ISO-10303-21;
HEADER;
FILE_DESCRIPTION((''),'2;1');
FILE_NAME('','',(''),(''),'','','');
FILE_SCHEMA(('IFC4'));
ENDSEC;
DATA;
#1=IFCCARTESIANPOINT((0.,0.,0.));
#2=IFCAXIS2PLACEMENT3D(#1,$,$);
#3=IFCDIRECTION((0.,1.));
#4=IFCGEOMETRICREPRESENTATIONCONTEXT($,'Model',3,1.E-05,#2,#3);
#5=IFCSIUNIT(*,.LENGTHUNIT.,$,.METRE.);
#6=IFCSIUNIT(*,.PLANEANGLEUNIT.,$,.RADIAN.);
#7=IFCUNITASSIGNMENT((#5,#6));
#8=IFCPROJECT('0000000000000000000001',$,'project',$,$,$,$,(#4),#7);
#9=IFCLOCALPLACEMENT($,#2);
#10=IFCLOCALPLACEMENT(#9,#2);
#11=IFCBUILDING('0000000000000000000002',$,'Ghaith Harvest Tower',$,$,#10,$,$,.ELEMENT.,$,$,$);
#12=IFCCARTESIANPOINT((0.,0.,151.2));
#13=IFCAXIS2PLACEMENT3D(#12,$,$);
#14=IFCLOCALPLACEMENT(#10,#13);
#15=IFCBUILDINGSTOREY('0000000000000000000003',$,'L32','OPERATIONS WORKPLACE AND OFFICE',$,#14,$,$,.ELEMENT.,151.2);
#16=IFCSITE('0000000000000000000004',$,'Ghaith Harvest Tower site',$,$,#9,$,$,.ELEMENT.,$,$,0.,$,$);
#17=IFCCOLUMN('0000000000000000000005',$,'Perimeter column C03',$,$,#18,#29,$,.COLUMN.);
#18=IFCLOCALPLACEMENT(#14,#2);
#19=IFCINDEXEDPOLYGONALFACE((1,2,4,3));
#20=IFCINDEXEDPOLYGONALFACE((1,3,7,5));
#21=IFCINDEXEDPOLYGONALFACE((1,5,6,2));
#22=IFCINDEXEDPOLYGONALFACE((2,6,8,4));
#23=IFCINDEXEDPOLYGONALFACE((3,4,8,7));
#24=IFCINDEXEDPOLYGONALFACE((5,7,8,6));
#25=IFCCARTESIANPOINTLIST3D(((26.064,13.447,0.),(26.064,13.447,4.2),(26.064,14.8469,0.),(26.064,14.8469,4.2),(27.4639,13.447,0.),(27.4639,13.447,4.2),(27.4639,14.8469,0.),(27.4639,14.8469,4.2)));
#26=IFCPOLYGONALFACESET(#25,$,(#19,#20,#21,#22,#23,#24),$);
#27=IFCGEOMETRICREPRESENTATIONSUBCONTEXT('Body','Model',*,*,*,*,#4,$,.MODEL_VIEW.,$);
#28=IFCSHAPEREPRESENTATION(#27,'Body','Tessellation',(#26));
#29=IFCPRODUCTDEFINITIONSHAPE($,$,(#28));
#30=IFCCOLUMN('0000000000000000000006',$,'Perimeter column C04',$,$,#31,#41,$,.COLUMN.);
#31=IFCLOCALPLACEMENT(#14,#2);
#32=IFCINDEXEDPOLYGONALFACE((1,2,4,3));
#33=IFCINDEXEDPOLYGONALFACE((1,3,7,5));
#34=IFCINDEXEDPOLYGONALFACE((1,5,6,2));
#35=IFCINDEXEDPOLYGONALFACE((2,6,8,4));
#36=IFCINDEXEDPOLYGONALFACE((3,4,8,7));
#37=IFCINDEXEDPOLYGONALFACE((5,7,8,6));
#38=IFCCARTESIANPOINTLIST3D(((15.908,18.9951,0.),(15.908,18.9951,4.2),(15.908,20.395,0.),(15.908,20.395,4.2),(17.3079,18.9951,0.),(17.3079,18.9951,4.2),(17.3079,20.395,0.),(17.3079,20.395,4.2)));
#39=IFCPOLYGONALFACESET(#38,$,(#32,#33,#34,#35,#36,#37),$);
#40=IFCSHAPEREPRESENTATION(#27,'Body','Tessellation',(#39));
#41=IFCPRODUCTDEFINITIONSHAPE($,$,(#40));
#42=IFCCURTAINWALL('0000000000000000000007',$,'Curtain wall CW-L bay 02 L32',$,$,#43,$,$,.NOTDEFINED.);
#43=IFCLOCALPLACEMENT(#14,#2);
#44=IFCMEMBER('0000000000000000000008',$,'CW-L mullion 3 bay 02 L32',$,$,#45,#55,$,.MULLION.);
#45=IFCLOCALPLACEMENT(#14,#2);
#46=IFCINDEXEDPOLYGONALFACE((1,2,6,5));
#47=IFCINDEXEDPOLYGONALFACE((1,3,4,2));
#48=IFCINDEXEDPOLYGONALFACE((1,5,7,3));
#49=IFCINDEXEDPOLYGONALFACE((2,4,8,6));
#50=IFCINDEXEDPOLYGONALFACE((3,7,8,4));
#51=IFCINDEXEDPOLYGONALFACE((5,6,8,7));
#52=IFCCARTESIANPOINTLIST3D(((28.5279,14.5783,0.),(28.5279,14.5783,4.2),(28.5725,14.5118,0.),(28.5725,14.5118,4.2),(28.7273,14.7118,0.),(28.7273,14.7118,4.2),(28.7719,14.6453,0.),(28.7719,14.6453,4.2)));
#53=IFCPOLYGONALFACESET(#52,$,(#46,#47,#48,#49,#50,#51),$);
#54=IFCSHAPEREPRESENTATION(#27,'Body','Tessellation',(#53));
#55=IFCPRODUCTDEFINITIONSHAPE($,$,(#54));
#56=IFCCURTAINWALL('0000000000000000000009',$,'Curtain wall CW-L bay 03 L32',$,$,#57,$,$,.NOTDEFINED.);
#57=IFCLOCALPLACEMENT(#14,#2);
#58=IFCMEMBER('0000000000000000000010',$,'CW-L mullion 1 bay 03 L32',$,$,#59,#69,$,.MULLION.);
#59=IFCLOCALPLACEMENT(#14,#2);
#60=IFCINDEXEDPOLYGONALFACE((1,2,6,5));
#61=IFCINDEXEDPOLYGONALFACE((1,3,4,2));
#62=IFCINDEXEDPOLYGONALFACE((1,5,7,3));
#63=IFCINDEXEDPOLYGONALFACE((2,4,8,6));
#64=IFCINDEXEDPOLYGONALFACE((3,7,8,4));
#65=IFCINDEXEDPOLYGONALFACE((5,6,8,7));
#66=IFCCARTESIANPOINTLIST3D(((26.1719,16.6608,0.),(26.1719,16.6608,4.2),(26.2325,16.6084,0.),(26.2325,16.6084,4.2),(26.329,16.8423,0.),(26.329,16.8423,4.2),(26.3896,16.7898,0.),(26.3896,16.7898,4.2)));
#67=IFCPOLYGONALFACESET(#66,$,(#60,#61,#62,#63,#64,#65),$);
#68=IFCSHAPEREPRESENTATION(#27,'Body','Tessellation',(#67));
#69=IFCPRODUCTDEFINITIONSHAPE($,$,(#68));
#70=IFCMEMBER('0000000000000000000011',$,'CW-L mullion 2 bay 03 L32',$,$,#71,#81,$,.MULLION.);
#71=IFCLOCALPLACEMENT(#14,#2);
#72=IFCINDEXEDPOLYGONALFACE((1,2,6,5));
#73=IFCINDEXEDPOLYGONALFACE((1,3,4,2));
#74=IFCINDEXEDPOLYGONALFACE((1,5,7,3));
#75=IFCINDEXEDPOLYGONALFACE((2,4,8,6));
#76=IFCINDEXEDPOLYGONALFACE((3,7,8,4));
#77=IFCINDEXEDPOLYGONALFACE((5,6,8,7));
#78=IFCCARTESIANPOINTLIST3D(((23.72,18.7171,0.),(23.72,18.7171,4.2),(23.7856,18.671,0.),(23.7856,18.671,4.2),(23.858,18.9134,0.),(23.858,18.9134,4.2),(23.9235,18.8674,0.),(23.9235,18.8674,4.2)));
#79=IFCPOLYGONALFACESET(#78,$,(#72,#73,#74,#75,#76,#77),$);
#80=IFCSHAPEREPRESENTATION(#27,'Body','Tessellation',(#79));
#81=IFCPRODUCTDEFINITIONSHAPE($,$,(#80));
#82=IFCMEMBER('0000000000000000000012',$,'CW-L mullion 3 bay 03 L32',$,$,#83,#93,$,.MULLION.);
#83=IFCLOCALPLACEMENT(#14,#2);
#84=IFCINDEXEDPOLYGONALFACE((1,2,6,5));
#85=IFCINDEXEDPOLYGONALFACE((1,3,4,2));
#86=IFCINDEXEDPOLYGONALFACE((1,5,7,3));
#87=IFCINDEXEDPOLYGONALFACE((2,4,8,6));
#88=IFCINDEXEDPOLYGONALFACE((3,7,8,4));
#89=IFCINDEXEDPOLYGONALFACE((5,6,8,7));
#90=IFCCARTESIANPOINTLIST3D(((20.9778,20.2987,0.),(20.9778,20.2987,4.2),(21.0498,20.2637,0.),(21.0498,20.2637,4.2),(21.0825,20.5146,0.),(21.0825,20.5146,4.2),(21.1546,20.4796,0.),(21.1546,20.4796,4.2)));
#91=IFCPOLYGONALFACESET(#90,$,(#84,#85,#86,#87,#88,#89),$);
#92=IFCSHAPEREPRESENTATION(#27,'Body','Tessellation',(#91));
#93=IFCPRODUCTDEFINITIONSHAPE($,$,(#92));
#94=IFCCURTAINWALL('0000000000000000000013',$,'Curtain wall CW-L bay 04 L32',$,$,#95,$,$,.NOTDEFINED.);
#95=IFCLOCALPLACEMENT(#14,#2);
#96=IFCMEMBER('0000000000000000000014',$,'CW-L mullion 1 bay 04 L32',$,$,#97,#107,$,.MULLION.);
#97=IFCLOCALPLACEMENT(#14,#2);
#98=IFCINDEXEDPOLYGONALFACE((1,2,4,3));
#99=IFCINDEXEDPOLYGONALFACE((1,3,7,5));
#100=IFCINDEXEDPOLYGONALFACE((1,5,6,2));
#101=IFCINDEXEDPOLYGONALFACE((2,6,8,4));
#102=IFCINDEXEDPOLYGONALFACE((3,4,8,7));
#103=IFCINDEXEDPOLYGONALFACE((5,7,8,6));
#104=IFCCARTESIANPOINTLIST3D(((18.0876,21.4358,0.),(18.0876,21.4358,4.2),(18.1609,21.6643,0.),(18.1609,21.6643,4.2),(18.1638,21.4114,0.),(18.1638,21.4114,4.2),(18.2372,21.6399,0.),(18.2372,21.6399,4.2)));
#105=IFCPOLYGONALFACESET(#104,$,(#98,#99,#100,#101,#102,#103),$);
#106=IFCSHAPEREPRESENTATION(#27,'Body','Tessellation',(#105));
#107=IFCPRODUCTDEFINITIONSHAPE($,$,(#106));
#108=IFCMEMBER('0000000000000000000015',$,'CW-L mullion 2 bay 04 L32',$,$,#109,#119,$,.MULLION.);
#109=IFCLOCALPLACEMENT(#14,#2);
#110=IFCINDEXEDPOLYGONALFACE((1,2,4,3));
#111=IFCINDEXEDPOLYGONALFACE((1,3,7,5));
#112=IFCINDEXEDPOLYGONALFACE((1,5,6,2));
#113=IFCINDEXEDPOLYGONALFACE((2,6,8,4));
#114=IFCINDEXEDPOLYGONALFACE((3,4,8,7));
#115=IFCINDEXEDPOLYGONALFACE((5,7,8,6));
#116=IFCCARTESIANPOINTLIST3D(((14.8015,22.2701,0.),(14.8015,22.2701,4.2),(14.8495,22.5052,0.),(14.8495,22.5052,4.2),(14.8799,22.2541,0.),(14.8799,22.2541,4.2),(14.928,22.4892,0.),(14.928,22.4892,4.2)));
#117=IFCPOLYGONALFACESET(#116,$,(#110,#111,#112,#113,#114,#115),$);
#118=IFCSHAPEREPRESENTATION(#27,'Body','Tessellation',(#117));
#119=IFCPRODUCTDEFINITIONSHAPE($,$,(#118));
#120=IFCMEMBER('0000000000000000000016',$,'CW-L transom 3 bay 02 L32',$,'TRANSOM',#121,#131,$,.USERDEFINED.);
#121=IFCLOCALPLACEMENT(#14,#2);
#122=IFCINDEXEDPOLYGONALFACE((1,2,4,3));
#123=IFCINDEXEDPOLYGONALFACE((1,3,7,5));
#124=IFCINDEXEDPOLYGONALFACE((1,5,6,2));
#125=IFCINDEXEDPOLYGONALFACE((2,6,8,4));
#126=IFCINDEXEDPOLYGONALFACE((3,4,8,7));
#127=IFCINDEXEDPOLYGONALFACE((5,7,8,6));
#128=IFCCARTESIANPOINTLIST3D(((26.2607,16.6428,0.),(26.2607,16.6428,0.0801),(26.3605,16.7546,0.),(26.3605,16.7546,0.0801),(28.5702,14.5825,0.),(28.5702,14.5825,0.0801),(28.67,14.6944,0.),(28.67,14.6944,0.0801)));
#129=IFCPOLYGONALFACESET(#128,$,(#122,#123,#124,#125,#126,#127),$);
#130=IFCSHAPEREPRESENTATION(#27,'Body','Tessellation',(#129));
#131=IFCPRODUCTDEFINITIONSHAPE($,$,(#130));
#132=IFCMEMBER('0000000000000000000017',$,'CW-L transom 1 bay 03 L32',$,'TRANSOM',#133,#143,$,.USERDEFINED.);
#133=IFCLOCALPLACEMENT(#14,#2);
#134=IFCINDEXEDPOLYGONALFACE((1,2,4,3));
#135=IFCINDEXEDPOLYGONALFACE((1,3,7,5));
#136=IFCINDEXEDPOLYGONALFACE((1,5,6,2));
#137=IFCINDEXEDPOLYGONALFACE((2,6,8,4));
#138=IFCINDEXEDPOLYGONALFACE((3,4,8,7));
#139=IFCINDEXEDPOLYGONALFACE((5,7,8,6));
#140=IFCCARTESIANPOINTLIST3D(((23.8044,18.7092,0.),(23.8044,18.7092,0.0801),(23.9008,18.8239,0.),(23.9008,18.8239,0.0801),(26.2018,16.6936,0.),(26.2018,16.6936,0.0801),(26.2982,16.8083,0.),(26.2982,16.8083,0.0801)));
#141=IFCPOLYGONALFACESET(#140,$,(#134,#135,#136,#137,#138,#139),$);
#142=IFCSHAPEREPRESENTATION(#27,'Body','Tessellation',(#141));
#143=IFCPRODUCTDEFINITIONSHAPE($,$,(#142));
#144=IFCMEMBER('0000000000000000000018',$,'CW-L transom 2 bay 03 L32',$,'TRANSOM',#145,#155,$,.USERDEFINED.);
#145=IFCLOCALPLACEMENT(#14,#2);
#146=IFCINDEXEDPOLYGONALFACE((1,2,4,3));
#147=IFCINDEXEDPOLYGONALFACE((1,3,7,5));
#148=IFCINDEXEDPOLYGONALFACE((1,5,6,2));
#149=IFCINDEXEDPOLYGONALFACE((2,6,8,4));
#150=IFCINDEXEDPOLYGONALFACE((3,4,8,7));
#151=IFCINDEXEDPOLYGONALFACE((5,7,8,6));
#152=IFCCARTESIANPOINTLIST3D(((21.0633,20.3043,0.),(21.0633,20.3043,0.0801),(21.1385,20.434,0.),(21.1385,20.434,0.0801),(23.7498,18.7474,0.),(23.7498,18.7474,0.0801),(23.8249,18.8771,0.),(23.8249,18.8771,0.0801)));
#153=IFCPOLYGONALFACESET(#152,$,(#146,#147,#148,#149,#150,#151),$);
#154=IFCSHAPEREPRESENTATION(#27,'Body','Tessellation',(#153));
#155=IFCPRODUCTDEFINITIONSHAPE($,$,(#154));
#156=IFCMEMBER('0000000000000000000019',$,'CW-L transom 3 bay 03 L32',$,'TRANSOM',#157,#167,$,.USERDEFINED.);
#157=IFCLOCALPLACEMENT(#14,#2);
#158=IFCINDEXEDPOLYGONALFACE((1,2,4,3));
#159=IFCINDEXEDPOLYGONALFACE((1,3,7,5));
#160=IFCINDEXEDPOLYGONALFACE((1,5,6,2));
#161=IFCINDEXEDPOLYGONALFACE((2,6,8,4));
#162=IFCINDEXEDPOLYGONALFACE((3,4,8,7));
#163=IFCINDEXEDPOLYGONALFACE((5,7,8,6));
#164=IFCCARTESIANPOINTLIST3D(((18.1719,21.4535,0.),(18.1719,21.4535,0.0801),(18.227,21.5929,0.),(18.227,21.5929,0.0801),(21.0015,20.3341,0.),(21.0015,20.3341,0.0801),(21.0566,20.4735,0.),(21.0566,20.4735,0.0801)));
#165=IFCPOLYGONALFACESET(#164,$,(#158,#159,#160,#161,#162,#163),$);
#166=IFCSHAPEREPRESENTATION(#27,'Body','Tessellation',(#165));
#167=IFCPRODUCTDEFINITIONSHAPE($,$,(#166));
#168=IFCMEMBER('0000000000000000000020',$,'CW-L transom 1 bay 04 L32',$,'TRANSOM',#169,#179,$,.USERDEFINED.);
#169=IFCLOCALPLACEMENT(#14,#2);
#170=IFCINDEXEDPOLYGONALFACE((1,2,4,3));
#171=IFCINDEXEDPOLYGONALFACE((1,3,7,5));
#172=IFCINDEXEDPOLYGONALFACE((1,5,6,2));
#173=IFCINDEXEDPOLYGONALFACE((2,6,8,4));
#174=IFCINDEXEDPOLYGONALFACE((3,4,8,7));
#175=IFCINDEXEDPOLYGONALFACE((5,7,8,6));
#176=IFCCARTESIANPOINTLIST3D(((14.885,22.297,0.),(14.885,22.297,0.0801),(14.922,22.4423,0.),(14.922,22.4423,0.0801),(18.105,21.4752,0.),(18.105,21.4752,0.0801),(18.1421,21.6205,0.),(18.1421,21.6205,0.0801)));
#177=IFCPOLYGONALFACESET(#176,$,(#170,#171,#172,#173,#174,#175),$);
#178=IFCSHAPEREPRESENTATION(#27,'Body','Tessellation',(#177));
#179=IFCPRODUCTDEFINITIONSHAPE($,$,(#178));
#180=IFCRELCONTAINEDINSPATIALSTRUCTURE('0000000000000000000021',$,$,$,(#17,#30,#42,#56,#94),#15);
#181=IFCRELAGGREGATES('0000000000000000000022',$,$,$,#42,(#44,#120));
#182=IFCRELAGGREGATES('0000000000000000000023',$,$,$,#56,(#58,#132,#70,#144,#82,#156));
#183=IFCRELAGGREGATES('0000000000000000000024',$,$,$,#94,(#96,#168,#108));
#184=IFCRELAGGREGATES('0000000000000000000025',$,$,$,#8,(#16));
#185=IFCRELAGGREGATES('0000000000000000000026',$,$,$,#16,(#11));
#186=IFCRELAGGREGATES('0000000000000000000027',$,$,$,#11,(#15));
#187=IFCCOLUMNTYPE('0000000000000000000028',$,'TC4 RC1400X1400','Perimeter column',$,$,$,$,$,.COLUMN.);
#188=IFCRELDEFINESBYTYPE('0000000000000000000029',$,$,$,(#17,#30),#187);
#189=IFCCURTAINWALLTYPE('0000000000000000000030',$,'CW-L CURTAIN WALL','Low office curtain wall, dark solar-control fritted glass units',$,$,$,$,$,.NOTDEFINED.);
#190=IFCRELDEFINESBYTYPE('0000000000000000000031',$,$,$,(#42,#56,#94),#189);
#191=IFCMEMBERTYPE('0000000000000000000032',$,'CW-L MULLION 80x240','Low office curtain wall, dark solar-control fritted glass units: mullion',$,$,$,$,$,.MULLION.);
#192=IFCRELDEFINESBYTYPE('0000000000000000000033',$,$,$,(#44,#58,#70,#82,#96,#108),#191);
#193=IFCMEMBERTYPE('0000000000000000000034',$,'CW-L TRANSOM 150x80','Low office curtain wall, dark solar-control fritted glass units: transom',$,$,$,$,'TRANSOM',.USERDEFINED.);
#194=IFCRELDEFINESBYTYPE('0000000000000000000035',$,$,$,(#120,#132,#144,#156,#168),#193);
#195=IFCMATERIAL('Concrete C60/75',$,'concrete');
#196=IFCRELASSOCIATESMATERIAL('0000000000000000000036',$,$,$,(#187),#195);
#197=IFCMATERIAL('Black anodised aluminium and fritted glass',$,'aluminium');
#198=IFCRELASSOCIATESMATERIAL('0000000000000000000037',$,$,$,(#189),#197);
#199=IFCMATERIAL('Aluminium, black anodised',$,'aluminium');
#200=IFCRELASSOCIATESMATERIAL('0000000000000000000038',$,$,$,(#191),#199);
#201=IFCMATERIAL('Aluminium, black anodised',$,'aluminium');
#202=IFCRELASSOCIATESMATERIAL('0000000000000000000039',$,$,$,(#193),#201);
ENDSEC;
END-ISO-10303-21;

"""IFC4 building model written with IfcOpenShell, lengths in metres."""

from ifc_helpers import new_model, si_unit, direction, frame, origin, origin_2d, place, context, subcontext, project, spatial, rectangle, extrude, material, material_profile, profile_set, type_object, element, aggregate, save


model = new_model("IFC4")

# Units and contexts
model_context = context("Model", 3, precision=1e-05, world=origin(), true_north=direction((0.0, 1.0)))
body_context = subcontext(model_context, "Body", "Model", "MODEL_VIEW")
ifc_project = project(units=[si_unit("LENGTHUNIT", "METRE"), si_unit("PLANEANGLEUNIT", "RADIAN")], contexts=[model_context])

# Site, building, storey
site_placement = place(None, origin())
site = spatial("IfcSite", under=ifc_project, at=site_placement, Name="Ghaith Harvest Tower site", CompositionType="ELEMENT", RefElevation=0.0)
building_placement = place(site_placement, origin())
building = spatial("IfcBuilding", under=site, at=building_placement, Name="Ghaith Harvest Tower", CompositionType="ELEMENT")
storey_placement = place(building_placement, frame((0.0, 0.0, 151.2)))
storey = spatial("IfcBuildingStorey", under=building, at=storey_placement, Name="L32", Description="OPERATIONS WORKPLACE AND OFFICE", CompositionType="ELEMENT", Elevation=151.2)

# Columns
ifc_material_1 = material(Name="Concrete C60/75", Category="concrete")
ifc_material_profile_1 = material_profile(ifc_material_1, rectangle(XDim=1.3999, YDim=1.3999, at=origin_2d()), Name="RC1400X1400")
ifc_profile_set_1 = profile_set([ifc_material_profile_1], Name="Concrete C60/75")
column_type = type_object("IfcColumnType", Name="TC4 RC1400X1400", Description="Perimeter column", PredefinedType="COLUMN", material=ifc_profile_set_1)
for number, where, z_axis, x_axis, name in (
    (1, (26.7639, 14.147, 0.0), (0.0, 0.0, 1.0), (1.0, 0.0, 0.0), "Perimeter column C03"),
    (2, (16.6079, 19.6951, 0.0), (0.0, 0.0, 1.0), (1.0, 0.0, 0.0), "Perimeter column C04"),
):
    element("IfcColumn", number, at=place(storey_placement, frame(where, z_axis=z_axis, x_axis=x_axis)), inside=storey, type_object=column_type, Name=name, PredefinedType="COLUMN", context=body_context, shape_type="SweptSolid", body=[
        extrude(rectangle(XDim=1.3999, YDim=1.3999, at=origin_2d()), origin(), (0.0, 0.0, 1.0), 4.2),
    ])

# Curtain wall, member
ifc_material_2 = material(Name="Black anodised aluminium and fritted glass", Category="aluminium")
curtain_wall_type = type_object("IfcCurtainWallType", Name="CW-L CURTAIN WALL", Description="Low office curtain wall, dark solar-control fritted glass units", PredefinedType="NOTDEFINED", material=ifc_material_2)
curtain_wall_1_placement = place(storey_placement, origin())
curtain_wall_1 = element("IfcCurtainWall", 3, at=curtain_wall_1_placement, inside=storey, type_object=curtain_wall_type, Name="Curtain wall CW-L bay 02 L32", PredefinedType="NOTDEFINED")
ifc_material_3 = material(Name="Aluminium, black anodised", Category="aluminium")
ifc_material_profile_2 = material_profile(ifc_material_3, rectangle(XDim=0.0801, YDim=0.24, at=origin_2d()), Name="CW-L MULLION 80x240")
ifc_profile_set_2 = profile_set([ifc_material_profile_2], Name="Aluminium, black anodised")
member_type_1 = type_object("IfcMemberType", Name="CW-L MULLION 80x240", Description="Low office curtain wall, dark solar-control fritted glass units: mullion", PredefinedType="MULLION", material=ifc_profile_set_2)
member_1_placement = place(storey_placement, frame((28.6499, 14.6118, 0.0), z_axis=(0.0, 0.0, 1.0), x_axis=(-0.556324, 0.830965, 0.0)))
member_1 = element("IfcMember", 4, at=member_1_placement, type_object=member_type_1, Name="CW-L mullion 3 bay 02 L32", PredefinedType="MULLION", context=body_context, shape_type="SweptSolid", body=[
    extrude(rectangle(XDim=0.0801, YDim=0.24, at=origin_2d()), origin(), (0.0, 0.0, 1.0), 4.2),
])

# Curtain walls, members
curtain_wall_2_placement = place(storey_placement, origin())
curtain_wall_2 = element("IfcCurtainWall", 5, at=curtain_wall_2_placement, inside=storey, type_object=curtain_wall_type, Name="Curtain wall CW-L bay 03 L32", PredefinedType="NOTDEFINED")
member_2_placement = place(storey_placement, frame((26.2808, 16.7253, 0.0), z_axis=(0.0, 0.0, 1.0), x_axis=(-0.755999, 0.654572, 0.0)))
member_2 = element("IfcMember", 6, at=member_2_placement, type_object=member_type_1, Name="CW-L mullion 1 bay 03 L32", PredefinedType="MULLION", context=body_context, shape_type="SweptSolid", body=[
    extrude(rectangle(XDim=0.0801, YDim=0.24, at=origin_2d()), origin(), (0.0, 0.0, 1.0), 4.2),
])
member_3_placement = place(storey_placement, frame((23.8218, 18.7922, 0.0), z_axis=(0.0, 0.0, 1.0), x_axis=(-0.818229, 0.574893, 0.0)))
member_3 = element("IfcMember", 7, at=member_3_placement, type_object=member_type_1, Name="CW-L mullion 2 bay 03 L32", PredefinedType="MULLION", context=body_context, shape_type="SweptSolid", body=[
    extrude(rectangle(XDim=0.0801, YDim=0.24, at=origin_2d()), origin(), (0.0, 0.0, 1.0), 4.2),
])
member_4_placement = place(storey_placement, frame((21.0662, 20.3892, 0.0), z_axis=(0.0, 0.0, 1.0), x_axis=(-0.899713, 0.436481, 0.0)))
member_4 = element("IfcMember", 8, at=member_4_placement, type_object=member_type_1, Name="CW-L mullion 3 bay 03 L32", PredefinedType="MULLION", context=body_context, shape_type="SweptSolid", body=[
    extrude(rectangle(XDim=0.0801, YDim=0.24, at=origin_2d()), origin(), (0.0, 0.0, 1.0), 4.2),
])
curtain_wall_3_placement = place(storey_placement, origin())
curtain_wall_3 = element("IfcCurtainWall", 9, at=curtain_wall_3_placement, inside=storey, type_object=curtain_wall_type, Name="Curtain wall CW-L bay 04 L32", PredefinedType="NOTDEFINED")
member_5_placement = place(storey_placement, frame((18.1624, 21.5378, 0.0), z_axis=(0.0, 0.0, 1.0), x_axis=(-0.952152, 0.305624, 0.0)))
member_5 = element("IfcMember", 10, at=member_5_placement, type_object=member_type_1, Name="CW-L mullion 1 bay 04 L32", PredefinedType="MULLION", context=body_context, shape_type="SweptSolid", body=[
    extrude(rectangle(XDim=0.0801, YDim=0.24, at=origin_2d()), origin(), (0.0, 0.0, 1.0), 4.2),
])
member_6_placement = place(storey_placement, frame((14.8647, 22.3796, 0.0), z_axis=(0.0, 0.0, 1.0), x_axis=(-0.979752, 0.200215, 0.0)))
member_6 = element("IfcMember", 11, at=member_6_placement, type_object=member_type_1, Name="CW-L mullion 2 bay 04 L32", PredefinedType="MULLION", context=body_context, shape_type="SweptSolid", body=[
    extrude(rectangle(XDim=0.0801, YDim=0.24, at=origin_2d()), origin(), (0.0, 0.0, 1.0), 4.2),
])

# Members
ifc_material_4 = material(Name="Aluminium, black anodised", Category="aluminium")
ifc_material_profile_3 = material_profile(ifc_material_4, rectangle(XDim=0.1499, YDim=0.0801, at=origin_2d()), Name="CW-L TRANSOM 150x80")
ifc_profile_set_3 = profile_set([ifc_material_profile_3], Name="Aluminium, black anodised")
member_type_2 = type_object("IfcMemberType", Name="CW-L TRANSOM 150x80", Description="Low office curtain wall, dark solar-control fritted glass units: transom", ElementType="TRANSOM", PredefinedType="USERDEFINED", material=ifc_profile_set_3)
member_7_placement = place(storey_placement, frame((28.6201, 14.6384, 0.04), z_axis=(-0.746229, 0.66569, 0.0), x_axis=(-0.66569, -0.746229, 0.0)))
member_7 = element("IfcMember", 12, at=member_7_placement, type_object=member_type_2, Name="CW-L transom 3 bay 02 L32", ObjectType="TRANSOM", PredefinedType="USERDEFINED", context=body_context, shape_type="SweptSolid", body=[
    extrude(rectangle(XDim=0.1499, YDim=0.0801, at=origin_2d()), origin(), (0.0, 0.0, 1.0), 3.095),
])
member_8_placement = place(storey_placement, frame((26.25, 16.751, 0.04), z_axis=(-0.765428, 0.643521, 0.0), x_axis=(-0.643521, -0.765428, 0.0)))
member_8 = element("IfcMember", 13, at=member_8_placement, type_object=member_type_2, Name="CW-L transom 1 bay 03 L32", ObjectType="TRANSOM", PredefinedType="USERDEFINED", context=body_context, shape_type="SweptSolid", body=[
    extrude(rectangle(XDim=0.1499, YDim=0.0801, at=origin_2d()), origin(), (0.0, 0.0, 1.0), 3.1321),
])
member_9_placement = place(storey_placement, frame((23.7874, 18.8123, 0.04), z_axis=(-0.865213, 0.501405, 0.0), x_axis=(-0.501405, -0.865213, 0.0)))
member_9 = element("IfcMember", 14, at=member_9_placement, type_object=member_type_2, Name="CW-L transom 2 bay 03 L32", ObjectType="TRANSOM", PredefinedType="USERDEFINED", context=body_context, shape_type="SweptSolid", body=[
    extrude(rectangle(XDim=0.1499, YDim=0.0801, at=origin_2d()), origin(), (0.0, 0.0, 1.0), 3.105),
])
member_10_placement = place(storey_placement, frame((21.0291, 20.4038, 0.04), z_axis=(-0.929881, 0.367861, 0.0), x_axis=(-0.367861, -0.929881, 0.0)))
member_10 = element("IfcMember", 15, at=member_10_placement, type_object=member_type_2, Name="CW-L transom 3 bay 03 L32", ObjectType="TRANSOM", PredefinedType="USERDEFINED", context=body_context, shape_type="SweptSolid", body=[
    extrude(rectangle(XDim=0.1499, YDim=0.0801, at=origin_2d()), origin(), (0.0, 0.0, 1.0), 3.043),
])
member_11_placement = place(storey_placement, frame((18.1235, 21.5479, 0.04), z_axis=(-0.968942, 0.247286, 0.0), x_axis=(-0.247286, -0.968942, 0.0)))
member_11 = element("IfcMember", 16, at=member_11_placement, type_object=member_type_2, Name="CW-L transom 1 bay 04 L32", ObjectType="TRANSOM", PredefinedType="USERDEFINED", context=body_context, shape_type="SweptSolid", body=[
    extrude(rectangle(XDim=0.1499, YDim=0.0801, at=origin_2d()), origin(), (0.0, 0.0, 1.0), 3.3232),
])

aggregate(curtain_wall_1, [member_1, member_7])
aggregate(curtain_wall_2, [member_2, member_8, member_3, member_9, member_4, member_10])
aggregate(curtain_wall_3, [member_5, member_11, member_6])

save(model, "model.ifc")
